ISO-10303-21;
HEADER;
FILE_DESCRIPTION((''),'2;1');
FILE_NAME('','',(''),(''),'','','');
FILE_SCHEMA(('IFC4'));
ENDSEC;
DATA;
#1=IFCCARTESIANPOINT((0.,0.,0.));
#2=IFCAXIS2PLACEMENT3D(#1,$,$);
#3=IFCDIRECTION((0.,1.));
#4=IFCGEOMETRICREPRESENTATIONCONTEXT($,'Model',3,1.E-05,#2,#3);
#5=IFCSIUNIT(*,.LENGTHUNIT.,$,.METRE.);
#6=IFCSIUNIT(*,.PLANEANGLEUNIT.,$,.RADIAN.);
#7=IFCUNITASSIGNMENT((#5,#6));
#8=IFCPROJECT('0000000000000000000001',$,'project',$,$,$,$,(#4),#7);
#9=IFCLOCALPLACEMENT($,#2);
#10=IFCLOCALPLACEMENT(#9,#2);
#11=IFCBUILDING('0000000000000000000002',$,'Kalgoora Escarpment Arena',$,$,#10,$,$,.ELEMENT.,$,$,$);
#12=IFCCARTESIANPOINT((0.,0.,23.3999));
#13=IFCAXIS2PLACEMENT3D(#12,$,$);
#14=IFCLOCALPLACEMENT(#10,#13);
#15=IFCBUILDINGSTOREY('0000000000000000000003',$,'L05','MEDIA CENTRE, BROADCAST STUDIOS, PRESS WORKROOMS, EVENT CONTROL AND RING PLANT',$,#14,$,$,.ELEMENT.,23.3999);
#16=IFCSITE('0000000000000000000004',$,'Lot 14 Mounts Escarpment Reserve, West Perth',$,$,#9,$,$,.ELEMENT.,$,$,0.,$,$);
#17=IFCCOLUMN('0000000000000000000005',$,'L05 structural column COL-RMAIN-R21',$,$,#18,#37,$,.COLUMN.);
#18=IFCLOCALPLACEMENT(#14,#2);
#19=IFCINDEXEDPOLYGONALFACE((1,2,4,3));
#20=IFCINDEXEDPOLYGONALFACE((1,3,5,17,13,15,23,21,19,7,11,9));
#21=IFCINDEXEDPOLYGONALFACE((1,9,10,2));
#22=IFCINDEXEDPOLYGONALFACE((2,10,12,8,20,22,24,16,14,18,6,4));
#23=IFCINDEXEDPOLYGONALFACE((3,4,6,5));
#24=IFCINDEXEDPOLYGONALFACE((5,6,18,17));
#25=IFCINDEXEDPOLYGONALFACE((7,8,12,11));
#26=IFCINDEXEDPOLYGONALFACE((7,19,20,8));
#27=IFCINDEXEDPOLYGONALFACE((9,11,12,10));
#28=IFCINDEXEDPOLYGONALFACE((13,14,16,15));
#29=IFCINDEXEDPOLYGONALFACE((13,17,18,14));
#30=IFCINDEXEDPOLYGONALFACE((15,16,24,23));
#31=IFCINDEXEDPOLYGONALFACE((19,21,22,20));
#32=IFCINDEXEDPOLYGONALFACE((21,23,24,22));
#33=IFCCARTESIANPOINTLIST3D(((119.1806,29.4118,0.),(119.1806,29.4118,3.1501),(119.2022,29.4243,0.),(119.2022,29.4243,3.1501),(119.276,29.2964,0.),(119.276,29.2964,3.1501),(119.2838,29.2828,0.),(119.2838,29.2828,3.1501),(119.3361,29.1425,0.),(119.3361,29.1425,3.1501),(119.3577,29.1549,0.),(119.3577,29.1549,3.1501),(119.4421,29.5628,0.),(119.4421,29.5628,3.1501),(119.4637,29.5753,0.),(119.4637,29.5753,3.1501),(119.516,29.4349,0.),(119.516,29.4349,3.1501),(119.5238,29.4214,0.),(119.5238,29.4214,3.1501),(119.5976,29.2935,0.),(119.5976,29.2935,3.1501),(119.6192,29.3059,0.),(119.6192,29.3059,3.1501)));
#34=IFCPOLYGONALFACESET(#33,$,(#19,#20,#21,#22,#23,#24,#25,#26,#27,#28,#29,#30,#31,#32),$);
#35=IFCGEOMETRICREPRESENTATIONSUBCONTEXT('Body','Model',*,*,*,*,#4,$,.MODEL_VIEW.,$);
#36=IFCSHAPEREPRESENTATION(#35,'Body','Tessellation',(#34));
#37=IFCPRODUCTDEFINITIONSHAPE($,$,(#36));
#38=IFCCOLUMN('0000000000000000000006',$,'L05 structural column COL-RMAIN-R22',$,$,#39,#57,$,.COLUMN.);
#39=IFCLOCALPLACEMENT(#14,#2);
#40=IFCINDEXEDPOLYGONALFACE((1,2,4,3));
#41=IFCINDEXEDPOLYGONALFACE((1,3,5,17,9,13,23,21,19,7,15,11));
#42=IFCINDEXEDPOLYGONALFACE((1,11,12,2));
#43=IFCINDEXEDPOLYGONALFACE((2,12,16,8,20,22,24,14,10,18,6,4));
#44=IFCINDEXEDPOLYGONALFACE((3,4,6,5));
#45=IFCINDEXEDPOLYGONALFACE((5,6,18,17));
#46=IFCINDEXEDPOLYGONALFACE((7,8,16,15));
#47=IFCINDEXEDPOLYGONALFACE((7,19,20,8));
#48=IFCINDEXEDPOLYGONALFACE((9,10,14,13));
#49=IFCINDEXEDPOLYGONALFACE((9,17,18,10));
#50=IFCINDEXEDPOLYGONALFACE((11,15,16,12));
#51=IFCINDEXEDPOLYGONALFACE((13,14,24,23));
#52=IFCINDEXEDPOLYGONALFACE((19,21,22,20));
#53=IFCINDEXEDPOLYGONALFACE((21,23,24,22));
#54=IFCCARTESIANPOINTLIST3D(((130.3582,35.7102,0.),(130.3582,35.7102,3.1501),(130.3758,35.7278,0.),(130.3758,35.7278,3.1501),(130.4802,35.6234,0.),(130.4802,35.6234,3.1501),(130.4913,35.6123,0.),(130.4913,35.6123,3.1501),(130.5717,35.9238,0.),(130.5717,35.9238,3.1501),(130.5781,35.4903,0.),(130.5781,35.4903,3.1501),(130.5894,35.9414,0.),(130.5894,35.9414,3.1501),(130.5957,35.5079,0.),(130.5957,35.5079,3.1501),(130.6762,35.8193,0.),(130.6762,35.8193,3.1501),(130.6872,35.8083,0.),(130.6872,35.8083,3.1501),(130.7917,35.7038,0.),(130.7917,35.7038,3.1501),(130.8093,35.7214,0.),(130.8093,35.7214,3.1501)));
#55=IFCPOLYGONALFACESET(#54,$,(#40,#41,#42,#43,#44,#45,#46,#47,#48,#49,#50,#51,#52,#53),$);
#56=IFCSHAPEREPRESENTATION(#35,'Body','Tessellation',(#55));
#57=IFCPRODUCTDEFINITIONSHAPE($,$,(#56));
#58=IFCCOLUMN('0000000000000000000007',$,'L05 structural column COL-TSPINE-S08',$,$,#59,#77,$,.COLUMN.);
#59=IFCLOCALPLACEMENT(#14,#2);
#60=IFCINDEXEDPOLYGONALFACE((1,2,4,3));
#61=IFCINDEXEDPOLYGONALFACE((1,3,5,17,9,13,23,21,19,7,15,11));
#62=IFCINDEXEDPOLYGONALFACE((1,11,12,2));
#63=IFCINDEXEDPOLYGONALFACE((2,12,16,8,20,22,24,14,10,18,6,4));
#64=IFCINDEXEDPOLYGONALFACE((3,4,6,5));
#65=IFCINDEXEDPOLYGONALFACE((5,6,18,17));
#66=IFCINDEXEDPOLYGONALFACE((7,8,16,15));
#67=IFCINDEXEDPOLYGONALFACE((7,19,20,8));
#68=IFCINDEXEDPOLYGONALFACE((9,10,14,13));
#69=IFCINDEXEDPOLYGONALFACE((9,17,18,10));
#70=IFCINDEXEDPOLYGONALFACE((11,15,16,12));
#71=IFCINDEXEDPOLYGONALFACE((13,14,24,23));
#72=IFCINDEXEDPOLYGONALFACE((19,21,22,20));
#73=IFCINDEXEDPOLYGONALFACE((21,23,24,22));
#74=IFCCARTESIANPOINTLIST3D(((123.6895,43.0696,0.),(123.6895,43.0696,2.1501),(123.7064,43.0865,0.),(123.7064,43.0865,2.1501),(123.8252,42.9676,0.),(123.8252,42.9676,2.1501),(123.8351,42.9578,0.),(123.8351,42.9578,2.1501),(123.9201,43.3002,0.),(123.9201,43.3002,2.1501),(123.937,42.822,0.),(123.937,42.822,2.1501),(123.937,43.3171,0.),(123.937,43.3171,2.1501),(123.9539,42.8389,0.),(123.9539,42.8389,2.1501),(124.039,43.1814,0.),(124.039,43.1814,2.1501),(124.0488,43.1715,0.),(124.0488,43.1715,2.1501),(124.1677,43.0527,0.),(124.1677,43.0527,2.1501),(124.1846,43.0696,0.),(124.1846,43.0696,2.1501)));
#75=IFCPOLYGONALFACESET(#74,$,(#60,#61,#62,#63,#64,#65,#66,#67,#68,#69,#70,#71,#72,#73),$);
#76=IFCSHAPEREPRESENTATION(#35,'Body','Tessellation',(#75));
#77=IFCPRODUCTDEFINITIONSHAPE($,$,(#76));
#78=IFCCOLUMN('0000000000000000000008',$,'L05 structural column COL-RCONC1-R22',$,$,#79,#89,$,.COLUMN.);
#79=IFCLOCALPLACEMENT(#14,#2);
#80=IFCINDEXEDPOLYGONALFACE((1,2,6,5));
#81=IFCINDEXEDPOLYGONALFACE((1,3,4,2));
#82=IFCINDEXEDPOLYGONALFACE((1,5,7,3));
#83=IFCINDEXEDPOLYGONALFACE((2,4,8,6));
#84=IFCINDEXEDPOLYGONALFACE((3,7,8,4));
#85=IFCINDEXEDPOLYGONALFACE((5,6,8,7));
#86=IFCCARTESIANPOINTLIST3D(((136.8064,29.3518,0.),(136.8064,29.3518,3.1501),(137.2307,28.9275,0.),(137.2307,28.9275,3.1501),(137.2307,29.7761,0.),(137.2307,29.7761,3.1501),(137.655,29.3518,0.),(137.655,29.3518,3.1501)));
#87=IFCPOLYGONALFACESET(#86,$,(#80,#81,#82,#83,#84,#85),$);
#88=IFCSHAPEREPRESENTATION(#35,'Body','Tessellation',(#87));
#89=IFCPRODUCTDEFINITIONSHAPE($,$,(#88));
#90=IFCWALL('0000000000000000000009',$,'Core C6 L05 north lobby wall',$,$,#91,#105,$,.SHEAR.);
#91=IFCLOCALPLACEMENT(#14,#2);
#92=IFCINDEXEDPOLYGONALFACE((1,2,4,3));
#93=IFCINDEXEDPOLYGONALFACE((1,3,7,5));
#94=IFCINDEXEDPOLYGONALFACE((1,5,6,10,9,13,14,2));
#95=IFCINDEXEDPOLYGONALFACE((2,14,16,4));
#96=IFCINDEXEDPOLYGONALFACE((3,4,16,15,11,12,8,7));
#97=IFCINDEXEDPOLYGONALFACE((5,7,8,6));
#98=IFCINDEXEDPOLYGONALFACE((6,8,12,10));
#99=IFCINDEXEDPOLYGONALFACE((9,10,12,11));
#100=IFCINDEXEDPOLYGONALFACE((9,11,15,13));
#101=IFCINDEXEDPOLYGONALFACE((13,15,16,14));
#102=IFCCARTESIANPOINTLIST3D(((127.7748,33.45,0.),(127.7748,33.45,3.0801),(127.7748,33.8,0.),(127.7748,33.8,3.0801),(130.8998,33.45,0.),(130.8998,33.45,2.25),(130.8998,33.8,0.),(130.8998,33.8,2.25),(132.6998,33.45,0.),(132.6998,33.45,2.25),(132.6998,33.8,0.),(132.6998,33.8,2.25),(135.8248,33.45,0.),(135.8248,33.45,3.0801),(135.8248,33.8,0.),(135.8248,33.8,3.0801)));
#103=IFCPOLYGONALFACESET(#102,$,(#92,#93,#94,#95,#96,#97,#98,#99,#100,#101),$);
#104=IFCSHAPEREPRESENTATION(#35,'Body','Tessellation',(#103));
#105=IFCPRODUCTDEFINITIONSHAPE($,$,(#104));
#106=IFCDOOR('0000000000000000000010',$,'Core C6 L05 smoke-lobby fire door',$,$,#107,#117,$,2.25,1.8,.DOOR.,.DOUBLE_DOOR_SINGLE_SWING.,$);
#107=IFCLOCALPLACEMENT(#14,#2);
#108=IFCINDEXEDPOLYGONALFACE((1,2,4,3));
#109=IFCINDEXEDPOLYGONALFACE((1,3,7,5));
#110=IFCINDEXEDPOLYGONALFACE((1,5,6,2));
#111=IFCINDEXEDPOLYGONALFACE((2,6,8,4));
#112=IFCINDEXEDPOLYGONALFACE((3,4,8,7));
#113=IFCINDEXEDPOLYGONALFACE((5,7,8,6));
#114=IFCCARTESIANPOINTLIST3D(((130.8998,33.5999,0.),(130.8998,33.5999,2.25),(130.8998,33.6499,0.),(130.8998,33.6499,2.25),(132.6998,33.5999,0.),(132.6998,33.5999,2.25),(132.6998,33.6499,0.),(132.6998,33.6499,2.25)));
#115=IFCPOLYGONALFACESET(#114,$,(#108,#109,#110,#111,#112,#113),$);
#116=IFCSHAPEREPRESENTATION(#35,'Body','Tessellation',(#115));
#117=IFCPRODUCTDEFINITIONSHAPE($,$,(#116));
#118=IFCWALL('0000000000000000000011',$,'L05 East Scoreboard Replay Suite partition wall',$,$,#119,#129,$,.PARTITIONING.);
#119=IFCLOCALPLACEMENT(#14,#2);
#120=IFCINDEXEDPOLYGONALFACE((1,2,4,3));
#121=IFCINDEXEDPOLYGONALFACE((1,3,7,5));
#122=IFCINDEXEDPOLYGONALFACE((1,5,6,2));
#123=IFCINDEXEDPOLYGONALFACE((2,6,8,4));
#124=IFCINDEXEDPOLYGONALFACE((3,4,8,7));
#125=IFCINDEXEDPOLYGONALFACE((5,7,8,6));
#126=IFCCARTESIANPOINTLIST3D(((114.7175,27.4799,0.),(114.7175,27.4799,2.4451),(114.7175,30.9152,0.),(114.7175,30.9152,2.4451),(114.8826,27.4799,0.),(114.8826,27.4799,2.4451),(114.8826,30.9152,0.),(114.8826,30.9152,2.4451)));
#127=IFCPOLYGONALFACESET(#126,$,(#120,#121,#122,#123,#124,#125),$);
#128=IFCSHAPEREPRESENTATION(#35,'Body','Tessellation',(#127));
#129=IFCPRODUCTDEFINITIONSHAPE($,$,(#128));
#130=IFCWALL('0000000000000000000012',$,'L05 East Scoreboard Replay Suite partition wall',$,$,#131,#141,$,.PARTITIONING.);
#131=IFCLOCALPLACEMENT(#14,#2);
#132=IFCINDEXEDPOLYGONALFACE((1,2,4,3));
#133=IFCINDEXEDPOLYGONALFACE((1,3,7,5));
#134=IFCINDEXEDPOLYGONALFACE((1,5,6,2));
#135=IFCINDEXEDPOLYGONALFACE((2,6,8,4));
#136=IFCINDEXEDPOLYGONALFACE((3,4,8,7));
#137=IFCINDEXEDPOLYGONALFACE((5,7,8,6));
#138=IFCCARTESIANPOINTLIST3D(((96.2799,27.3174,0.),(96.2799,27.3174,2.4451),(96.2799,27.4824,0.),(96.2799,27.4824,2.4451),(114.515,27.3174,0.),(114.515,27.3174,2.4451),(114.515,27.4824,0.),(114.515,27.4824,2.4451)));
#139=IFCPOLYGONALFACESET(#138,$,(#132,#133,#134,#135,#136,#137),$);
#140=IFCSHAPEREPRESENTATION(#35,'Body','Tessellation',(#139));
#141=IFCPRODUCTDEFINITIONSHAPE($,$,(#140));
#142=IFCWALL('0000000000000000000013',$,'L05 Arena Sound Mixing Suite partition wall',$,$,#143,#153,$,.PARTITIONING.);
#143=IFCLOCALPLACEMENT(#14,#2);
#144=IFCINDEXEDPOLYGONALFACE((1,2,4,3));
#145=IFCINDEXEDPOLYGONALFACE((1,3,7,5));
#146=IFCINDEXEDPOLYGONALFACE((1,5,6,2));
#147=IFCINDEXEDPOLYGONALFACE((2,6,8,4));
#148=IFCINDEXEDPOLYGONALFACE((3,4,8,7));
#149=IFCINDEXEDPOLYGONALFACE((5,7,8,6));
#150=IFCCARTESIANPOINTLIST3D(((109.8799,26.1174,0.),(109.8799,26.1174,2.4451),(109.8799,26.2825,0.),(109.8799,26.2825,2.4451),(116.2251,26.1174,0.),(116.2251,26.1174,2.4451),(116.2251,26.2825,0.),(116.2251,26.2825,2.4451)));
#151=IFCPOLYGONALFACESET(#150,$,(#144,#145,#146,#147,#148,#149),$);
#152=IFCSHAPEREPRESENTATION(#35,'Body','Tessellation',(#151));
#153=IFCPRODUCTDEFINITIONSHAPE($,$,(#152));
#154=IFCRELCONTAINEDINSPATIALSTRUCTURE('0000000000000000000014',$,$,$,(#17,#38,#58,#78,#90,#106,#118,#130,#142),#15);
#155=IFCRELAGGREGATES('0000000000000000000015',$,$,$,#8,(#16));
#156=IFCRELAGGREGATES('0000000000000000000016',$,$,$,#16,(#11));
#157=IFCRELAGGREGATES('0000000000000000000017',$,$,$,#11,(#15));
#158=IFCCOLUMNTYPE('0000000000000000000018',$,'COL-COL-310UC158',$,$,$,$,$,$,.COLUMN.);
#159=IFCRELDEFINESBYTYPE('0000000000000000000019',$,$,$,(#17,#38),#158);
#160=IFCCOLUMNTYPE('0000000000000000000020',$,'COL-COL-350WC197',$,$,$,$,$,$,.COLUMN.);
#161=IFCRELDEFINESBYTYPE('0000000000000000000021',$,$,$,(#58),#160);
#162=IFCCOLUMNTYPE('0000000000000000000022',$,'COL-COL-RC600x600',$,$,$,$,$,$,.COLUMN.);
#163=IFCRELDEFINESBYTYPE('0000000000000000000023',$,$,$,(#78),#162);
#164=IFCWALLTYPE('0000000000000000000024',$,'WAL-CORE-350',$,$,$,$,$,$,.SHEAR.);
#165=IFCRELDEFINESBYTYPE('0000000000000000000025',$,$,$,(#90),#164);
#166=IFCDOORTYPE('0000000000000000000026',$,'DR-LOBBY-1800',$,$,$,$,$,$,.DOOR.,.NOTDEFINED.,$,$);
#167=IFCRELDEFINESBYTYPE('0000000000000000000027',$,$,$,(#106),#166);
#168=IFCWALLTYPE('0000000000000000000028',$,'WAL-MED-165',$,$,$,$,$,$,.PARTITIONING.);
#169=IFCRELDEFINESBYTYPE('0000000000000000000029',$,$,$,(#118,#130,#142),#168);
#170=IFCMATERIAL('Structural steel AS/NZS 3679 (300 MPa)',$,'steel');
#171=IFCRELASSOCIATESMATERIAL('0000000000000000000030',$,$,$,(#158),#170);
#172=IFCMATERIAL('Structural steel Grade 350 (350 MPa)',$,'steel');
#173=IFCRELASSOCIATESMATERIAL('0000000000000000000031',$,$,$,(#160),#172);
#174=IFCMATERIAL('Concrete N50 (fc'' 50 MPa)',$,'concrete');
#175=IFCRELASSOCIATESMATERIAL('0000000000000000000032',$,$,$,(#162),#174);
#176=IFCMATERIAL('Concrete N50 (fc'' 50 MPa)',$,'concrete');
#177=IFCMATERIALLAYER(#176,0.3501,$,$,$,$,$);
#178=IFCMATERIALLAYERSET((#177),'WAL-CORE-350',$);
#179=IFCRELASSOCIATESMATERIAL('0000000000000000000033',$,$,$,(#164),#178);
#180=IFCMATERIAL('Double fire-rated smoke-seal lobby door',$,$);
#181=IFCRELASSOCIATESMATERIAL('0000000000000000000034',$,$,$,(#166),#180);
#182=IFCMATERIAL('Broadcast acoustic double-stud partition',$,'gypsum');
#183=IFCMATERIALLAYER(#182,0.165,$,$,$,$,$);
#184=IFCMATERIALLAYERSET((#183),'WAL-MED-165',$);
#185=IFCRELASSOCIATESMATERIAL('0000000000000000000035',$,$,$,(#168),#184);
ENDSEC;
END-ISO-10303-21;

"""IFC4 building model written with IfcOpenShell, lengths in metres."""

from ifc_helpers import new_model, si_unit, direction, frame, frame_2d, origin, origin_2d, place, context, subcontext, project, spatial, rectangle, i_section, extrude, material, layer, layer_set, material_profile, profile_set, type_object, element, fill, save


model = new_model("IFC4")

# Units and contexts
model_context = context("Model", 3, precision=1e-05, world=origin(), true_north=direction((0.0, 1.0)))
body_context = subcontext(model_context, "Body", "Model", "MODEL_VIEW")
ifc_project = project(units=[si_unit("LENGTHUNIT", "METRE"), si_unit("PLANEANGLEUNIT", "RADIAN")], contexts=[model_context])

# Site, building, storey
site_placement = place(None, origin())
site = spatial("IfcSite", under=ifc_project, at=site_placement, Name="Lot 14 Mounts Escarpment Reserve, West Perth", CompositionType="ELEMENT", RefElevation=0.0)
building_placement = place(site_placement, origin())
building = spatial("IfcBuilding", under=site, at=building_placement, Name="Kalgoora Escarpment Arena", CompositionType="ELEMENT")
storey_placement = place(building_placement, frame((0.0, 0.0, 23.3999)))
storey = spatial("IfcBuildingStorey", under=building, at=storey_placement, Name="L05", Description="MEDIA CENTRE, BROADCAST STUDIOS, PRESS WORKROOMS, EVENT CONTROL AND RING PLANT", CompositionType="ELEMENT", Elevation=23.3999)

# Columns
ifc_material_1 = material(Name="Structural steel AS/NZS 3679 (300 MPa)", Category="steel")
ifc_material_profile_1 = material_profile(ifc_material_1, i_section(OverallWidth=0.311, OverallDepth=0.3269, WebThickness=0.0156, FlangeThickness=0.0249, at=origin_2d()))
ifc_profile_set_1 = profile_set([ifc_material_profile_1], Name="Structural steel AS/NZS 3679 (300 MPa)")
column_type_1 = type_object("IfcColumnType", Name="COL-COL-310UC158", PredefinedType="COLUMN", material=ifc_profile_set_1)
for number, where, z_axis, x_axis, name in (
    (1, (119.3999, 29.3589, 0.0), (0.0, 0.0, 1.0), (0.5, -0.866025, 0.0), "L05 structural column COL-RMAIN-R21"),
    (2, (130.5837, 35.7158, 0.0), (0.0, 0.0, 1.0), (0.707107, -0.707107, 0.0), "L05 structural column COL-RMAIN-R22"),
):
    element("IfcColumn", number, at=place(storey_placement, frame(where, z_axis=z_axis, x_axis=x_axis)), inside=storey, type_object=column_type_1, Name=name, PredefinedType="COLUMN", context=body_context, shape_type="SweptSolid", body=[
        extrude(i_section(OverallWidth=0.311, OverallDepth=0.3269, WebThickness=0.0156, FlangeThickness=0.0249, at=origin_2d()), origin(), (0.0, 0.0, 1.0), 3.1501),
    ])
ifc_material_2 = material(Name="Structural steel Grade 350 (350 MPa)", Category="steel")
ifc_material_profile_2 = material_profile(ifc_material_2, i_section(OverallWidth=0.3501, OverallDepth=0.3501, WebThickness=0.0139, FlangeThickness=0.0239, at=origin_2d()))
ifc_profile_set_2 = profile_set([ifc_material_profile_2], Name="Structural steel Grade 350 (350 MPa)")
column_type_2 = type_object("IfcColumnType", Name="COL-COL-350WC197", PredefinedType="COLUMN", material=ifc_profile_set_2)
column_1_placement = place(storey_placement, frame((123.937, 43.0696, 0.0), z_axis=(0.0, 0.0, 1.0), x_axis=(0.707107, -0.707107, 0.0)))
element("IfcColumn", 3, at=column_1_placement, inside=storey, type_object=column_type_2, Name="L05 structural column COL-TSPINE-S08", PredefinedType="COLUMN", context=body_context, shape_type="SweptSolid", body=[
    extrude(i_section(OverallWidth=0.3501, OverallDepth=0.3501, WebThickness=0.0139, FlangeThickness=0.0239, at=origin_2d()), origin(), (0.0, 0.0, 1.0), 2.1501),
])
ifc_material_3 = material(Name="Concrete N50 (fc' 50 MPa)", Category="concrete")
ifc_material_profile_3 = material_profile(ifc_material_3, rectangle(XDim=0.6001, YDim=0.6001, at=origin_2d()))
ifc_profile_set_3 = profile_set([ifc_material_profile_3], Name="Concrete N50 (fc' 50 MPa)")
column_type_3 = type_object("IfcColumnType", Name="COL-COL-RC600x600", PredefinedType="COLUMN", material=ifc_profile_set_3)
column_2_placement = place(storey_placement, frame((137.2307, 29.3518, 0.0), z_axis=(0.0, 0.0, 1.0), x_axis=(0.707107, -0.707107, 0.0)))
element("IfcColumn", 4, at=column_2_placement, inside=storey, type_object=column_type_3, Name="L05 structural column COL-RCONC1-R22", PredefinedType="COLUMN", context=body_context, shape_type="SweptSolid", body=[
    extrude(rectangle(XDim=0.6001, YDim=0.6001, at=origin_2d()), origin(), (0.0, 0.0, 1.0), 3.1501),
])

# Wall, opening, door
ifc_material_4 = material(Name="Concrete N50 (fc' 50 MPa)", Category="concrete")
ifc_layer_1 = layer(ifc_material_4, 0.3501)
ifc_layer_set_1 = layer_set([ifc_layer_1], Name="WAL-CORE-350")
wall_type_1 = type_object("IfcWallType", Name="WAL-CORE-350", PredefinedType="SHEAR", material=ifc_layer_set_1)
wall_1_placement = place(storey_placement, frame((127.7749, 33.625, 0.0), z_axis=(0.0, 0.0, 1.0), x_axis=(1.0, 0.0, 0.0)))
wall_1 = element("IfcWall", 5, at=wall_1_placement, inside=storey, type_object=wall_type_1, Name="Core C6 L05 north lobby wall", PredefinedType="SHEAR", context=body_context, shape_type="SweptSolid", body=[
    extrude(rectangle(XDim=8.05, YDim=0.3501, at=frame_2d((4.0249, 0.0))), origin(), (0.0, 0.0, 1.0), 3.0801),
])
opening_1_placement = place(wall_1_placement, frame((3.125, 0.0, 0.0)))
opening_1 = element("IfcOpeningElement", 6, at=opening_1_placement, cuts=wall_1, PredefinedType="OPENING", context=body_context, shape_type="SweptSolid", body=[
    extrude(rectangle(XDim=1.8, YDim=2.25, at=frame_2d((0.8999, 1.125))), frame((0.0, 0.1851, 0.0), z_axis=(0.0, -1.0, 0.0), x_axis=(1.0, 0.0, 0.0)), (0.0, 0.0, 1.0), 0.3701),
])
ifc_material_5 = material(Name="Double fire-rated smoke-seal lobby door")
door_type_1 = type_object("IfcDoorType", Name="DR-LOBBY-1800", OperationType="NOTDEFINED", PredefinedType="DOOR", material=ifc_material_5)
door_1_placement = place(opening_1_placement, origin())
door_1 = element("IfcDoor", 7, at=door_1_placement, inside=storey, type_object=door_type_1, Name="Core C6 L05 smoke-lobby fire door", OperationType="DOUBLE_DOOR_SINGLE_SWING", OverallHeight=2.25, OverallWidth=1.8, PredefinedType="DOOR", context=body_context, shape_type="SweptSolid", body=[
    extrude(rectangle(XDim=1.8, YDim=2.25, at=frame_2d((0.8999, 1.125))), frame((0.0, 0.0249, 0.0), z_axis=(0.0, -1.0, 0.0), x_axis=(1.0, 0.0, 0.0)), (0.0, 0.0, 1.0), 0.05),
])
fill(opening_1, door_1)

# Walls
ifc_material_6 = material(Name="Broadcast acoustic double-stud partition", Category="gypsum")
ifc_layer_2 = layer(ifc_material_6, 0.165)
ifc_layer_set_2 = layer_set([ifc_layer_2], Name="WAL-MED-165")
wall_type_2 = type_object("IfcWallType", Name="WAL-MED-165", PredefinedType="PARTITIONING", material=ifc_layer_set_2)
wall_2_placement = place(storey_placement, frame((114.8, 30.9153, 0.0), z_axis=(0.0, 0.0, 1.0), x_axis=(0.0, -1.0, 0.0)))
element("IfcWall", 8, at=wall_2_placement, inside=storey, type_object=wall_type_2, Name="L05 East Scoreboard Replay Suite partition wall", PredefinedType="PARTITIONING", context=body_context, shape_type="SweptSolid", body=[
    extrude(rectangle(XDim=3.4353, YDim=0.165, at=frame_2d((1.7178, 0.0))), origin(), (0.0, 0.0, 1.0), 2.4451),
])
wall_3_placement = place(storey_placement, frame((114.5151, 27.3999, 0.0), z_axis=(0.0, 0.0, 1.0), x_axis=(-1.0, 0.0, 0.0)))
element("IfcWall", 9, at=wall_3_placement, inside=storey, type_object=wall_type_2, Name="L05 East Scoreboard Replay Suite partition wall", PredefinedType="PARTITIONING", context=body_context, shape_type="SweptSolid", body=[
    extrude(rectangle(XDim=18.2351, YDim=0.165, at=frame_2d((9.1177, 0.0))), origin(), (0.0, 0.0, 1.0), 2.4451),
])
wall_4_placement = place(storey_placement, frame((109.8799, 26.2, 0.0), z_axis=(0.0, 0.0, 1.0), x_axis=(1.0, 0.0, 0.0)))
element("IfcWall", 10, at=wall_4_placement, inside=storey, type_object=wall_type_2, Name="L05 Arena Sound Mixing Suite partition wall", PredefinedType="PARTITIONING", context=body_context, shape_type="SweptSolid", body=[
    extrude(rectangle(XDim=6.3452, YDim=0.165, at=frame_2d((3.1726, 0.0))), origin(), (0.0, 0.0, 1.0), 2.4451),
])

save(model, "model.ifc")
